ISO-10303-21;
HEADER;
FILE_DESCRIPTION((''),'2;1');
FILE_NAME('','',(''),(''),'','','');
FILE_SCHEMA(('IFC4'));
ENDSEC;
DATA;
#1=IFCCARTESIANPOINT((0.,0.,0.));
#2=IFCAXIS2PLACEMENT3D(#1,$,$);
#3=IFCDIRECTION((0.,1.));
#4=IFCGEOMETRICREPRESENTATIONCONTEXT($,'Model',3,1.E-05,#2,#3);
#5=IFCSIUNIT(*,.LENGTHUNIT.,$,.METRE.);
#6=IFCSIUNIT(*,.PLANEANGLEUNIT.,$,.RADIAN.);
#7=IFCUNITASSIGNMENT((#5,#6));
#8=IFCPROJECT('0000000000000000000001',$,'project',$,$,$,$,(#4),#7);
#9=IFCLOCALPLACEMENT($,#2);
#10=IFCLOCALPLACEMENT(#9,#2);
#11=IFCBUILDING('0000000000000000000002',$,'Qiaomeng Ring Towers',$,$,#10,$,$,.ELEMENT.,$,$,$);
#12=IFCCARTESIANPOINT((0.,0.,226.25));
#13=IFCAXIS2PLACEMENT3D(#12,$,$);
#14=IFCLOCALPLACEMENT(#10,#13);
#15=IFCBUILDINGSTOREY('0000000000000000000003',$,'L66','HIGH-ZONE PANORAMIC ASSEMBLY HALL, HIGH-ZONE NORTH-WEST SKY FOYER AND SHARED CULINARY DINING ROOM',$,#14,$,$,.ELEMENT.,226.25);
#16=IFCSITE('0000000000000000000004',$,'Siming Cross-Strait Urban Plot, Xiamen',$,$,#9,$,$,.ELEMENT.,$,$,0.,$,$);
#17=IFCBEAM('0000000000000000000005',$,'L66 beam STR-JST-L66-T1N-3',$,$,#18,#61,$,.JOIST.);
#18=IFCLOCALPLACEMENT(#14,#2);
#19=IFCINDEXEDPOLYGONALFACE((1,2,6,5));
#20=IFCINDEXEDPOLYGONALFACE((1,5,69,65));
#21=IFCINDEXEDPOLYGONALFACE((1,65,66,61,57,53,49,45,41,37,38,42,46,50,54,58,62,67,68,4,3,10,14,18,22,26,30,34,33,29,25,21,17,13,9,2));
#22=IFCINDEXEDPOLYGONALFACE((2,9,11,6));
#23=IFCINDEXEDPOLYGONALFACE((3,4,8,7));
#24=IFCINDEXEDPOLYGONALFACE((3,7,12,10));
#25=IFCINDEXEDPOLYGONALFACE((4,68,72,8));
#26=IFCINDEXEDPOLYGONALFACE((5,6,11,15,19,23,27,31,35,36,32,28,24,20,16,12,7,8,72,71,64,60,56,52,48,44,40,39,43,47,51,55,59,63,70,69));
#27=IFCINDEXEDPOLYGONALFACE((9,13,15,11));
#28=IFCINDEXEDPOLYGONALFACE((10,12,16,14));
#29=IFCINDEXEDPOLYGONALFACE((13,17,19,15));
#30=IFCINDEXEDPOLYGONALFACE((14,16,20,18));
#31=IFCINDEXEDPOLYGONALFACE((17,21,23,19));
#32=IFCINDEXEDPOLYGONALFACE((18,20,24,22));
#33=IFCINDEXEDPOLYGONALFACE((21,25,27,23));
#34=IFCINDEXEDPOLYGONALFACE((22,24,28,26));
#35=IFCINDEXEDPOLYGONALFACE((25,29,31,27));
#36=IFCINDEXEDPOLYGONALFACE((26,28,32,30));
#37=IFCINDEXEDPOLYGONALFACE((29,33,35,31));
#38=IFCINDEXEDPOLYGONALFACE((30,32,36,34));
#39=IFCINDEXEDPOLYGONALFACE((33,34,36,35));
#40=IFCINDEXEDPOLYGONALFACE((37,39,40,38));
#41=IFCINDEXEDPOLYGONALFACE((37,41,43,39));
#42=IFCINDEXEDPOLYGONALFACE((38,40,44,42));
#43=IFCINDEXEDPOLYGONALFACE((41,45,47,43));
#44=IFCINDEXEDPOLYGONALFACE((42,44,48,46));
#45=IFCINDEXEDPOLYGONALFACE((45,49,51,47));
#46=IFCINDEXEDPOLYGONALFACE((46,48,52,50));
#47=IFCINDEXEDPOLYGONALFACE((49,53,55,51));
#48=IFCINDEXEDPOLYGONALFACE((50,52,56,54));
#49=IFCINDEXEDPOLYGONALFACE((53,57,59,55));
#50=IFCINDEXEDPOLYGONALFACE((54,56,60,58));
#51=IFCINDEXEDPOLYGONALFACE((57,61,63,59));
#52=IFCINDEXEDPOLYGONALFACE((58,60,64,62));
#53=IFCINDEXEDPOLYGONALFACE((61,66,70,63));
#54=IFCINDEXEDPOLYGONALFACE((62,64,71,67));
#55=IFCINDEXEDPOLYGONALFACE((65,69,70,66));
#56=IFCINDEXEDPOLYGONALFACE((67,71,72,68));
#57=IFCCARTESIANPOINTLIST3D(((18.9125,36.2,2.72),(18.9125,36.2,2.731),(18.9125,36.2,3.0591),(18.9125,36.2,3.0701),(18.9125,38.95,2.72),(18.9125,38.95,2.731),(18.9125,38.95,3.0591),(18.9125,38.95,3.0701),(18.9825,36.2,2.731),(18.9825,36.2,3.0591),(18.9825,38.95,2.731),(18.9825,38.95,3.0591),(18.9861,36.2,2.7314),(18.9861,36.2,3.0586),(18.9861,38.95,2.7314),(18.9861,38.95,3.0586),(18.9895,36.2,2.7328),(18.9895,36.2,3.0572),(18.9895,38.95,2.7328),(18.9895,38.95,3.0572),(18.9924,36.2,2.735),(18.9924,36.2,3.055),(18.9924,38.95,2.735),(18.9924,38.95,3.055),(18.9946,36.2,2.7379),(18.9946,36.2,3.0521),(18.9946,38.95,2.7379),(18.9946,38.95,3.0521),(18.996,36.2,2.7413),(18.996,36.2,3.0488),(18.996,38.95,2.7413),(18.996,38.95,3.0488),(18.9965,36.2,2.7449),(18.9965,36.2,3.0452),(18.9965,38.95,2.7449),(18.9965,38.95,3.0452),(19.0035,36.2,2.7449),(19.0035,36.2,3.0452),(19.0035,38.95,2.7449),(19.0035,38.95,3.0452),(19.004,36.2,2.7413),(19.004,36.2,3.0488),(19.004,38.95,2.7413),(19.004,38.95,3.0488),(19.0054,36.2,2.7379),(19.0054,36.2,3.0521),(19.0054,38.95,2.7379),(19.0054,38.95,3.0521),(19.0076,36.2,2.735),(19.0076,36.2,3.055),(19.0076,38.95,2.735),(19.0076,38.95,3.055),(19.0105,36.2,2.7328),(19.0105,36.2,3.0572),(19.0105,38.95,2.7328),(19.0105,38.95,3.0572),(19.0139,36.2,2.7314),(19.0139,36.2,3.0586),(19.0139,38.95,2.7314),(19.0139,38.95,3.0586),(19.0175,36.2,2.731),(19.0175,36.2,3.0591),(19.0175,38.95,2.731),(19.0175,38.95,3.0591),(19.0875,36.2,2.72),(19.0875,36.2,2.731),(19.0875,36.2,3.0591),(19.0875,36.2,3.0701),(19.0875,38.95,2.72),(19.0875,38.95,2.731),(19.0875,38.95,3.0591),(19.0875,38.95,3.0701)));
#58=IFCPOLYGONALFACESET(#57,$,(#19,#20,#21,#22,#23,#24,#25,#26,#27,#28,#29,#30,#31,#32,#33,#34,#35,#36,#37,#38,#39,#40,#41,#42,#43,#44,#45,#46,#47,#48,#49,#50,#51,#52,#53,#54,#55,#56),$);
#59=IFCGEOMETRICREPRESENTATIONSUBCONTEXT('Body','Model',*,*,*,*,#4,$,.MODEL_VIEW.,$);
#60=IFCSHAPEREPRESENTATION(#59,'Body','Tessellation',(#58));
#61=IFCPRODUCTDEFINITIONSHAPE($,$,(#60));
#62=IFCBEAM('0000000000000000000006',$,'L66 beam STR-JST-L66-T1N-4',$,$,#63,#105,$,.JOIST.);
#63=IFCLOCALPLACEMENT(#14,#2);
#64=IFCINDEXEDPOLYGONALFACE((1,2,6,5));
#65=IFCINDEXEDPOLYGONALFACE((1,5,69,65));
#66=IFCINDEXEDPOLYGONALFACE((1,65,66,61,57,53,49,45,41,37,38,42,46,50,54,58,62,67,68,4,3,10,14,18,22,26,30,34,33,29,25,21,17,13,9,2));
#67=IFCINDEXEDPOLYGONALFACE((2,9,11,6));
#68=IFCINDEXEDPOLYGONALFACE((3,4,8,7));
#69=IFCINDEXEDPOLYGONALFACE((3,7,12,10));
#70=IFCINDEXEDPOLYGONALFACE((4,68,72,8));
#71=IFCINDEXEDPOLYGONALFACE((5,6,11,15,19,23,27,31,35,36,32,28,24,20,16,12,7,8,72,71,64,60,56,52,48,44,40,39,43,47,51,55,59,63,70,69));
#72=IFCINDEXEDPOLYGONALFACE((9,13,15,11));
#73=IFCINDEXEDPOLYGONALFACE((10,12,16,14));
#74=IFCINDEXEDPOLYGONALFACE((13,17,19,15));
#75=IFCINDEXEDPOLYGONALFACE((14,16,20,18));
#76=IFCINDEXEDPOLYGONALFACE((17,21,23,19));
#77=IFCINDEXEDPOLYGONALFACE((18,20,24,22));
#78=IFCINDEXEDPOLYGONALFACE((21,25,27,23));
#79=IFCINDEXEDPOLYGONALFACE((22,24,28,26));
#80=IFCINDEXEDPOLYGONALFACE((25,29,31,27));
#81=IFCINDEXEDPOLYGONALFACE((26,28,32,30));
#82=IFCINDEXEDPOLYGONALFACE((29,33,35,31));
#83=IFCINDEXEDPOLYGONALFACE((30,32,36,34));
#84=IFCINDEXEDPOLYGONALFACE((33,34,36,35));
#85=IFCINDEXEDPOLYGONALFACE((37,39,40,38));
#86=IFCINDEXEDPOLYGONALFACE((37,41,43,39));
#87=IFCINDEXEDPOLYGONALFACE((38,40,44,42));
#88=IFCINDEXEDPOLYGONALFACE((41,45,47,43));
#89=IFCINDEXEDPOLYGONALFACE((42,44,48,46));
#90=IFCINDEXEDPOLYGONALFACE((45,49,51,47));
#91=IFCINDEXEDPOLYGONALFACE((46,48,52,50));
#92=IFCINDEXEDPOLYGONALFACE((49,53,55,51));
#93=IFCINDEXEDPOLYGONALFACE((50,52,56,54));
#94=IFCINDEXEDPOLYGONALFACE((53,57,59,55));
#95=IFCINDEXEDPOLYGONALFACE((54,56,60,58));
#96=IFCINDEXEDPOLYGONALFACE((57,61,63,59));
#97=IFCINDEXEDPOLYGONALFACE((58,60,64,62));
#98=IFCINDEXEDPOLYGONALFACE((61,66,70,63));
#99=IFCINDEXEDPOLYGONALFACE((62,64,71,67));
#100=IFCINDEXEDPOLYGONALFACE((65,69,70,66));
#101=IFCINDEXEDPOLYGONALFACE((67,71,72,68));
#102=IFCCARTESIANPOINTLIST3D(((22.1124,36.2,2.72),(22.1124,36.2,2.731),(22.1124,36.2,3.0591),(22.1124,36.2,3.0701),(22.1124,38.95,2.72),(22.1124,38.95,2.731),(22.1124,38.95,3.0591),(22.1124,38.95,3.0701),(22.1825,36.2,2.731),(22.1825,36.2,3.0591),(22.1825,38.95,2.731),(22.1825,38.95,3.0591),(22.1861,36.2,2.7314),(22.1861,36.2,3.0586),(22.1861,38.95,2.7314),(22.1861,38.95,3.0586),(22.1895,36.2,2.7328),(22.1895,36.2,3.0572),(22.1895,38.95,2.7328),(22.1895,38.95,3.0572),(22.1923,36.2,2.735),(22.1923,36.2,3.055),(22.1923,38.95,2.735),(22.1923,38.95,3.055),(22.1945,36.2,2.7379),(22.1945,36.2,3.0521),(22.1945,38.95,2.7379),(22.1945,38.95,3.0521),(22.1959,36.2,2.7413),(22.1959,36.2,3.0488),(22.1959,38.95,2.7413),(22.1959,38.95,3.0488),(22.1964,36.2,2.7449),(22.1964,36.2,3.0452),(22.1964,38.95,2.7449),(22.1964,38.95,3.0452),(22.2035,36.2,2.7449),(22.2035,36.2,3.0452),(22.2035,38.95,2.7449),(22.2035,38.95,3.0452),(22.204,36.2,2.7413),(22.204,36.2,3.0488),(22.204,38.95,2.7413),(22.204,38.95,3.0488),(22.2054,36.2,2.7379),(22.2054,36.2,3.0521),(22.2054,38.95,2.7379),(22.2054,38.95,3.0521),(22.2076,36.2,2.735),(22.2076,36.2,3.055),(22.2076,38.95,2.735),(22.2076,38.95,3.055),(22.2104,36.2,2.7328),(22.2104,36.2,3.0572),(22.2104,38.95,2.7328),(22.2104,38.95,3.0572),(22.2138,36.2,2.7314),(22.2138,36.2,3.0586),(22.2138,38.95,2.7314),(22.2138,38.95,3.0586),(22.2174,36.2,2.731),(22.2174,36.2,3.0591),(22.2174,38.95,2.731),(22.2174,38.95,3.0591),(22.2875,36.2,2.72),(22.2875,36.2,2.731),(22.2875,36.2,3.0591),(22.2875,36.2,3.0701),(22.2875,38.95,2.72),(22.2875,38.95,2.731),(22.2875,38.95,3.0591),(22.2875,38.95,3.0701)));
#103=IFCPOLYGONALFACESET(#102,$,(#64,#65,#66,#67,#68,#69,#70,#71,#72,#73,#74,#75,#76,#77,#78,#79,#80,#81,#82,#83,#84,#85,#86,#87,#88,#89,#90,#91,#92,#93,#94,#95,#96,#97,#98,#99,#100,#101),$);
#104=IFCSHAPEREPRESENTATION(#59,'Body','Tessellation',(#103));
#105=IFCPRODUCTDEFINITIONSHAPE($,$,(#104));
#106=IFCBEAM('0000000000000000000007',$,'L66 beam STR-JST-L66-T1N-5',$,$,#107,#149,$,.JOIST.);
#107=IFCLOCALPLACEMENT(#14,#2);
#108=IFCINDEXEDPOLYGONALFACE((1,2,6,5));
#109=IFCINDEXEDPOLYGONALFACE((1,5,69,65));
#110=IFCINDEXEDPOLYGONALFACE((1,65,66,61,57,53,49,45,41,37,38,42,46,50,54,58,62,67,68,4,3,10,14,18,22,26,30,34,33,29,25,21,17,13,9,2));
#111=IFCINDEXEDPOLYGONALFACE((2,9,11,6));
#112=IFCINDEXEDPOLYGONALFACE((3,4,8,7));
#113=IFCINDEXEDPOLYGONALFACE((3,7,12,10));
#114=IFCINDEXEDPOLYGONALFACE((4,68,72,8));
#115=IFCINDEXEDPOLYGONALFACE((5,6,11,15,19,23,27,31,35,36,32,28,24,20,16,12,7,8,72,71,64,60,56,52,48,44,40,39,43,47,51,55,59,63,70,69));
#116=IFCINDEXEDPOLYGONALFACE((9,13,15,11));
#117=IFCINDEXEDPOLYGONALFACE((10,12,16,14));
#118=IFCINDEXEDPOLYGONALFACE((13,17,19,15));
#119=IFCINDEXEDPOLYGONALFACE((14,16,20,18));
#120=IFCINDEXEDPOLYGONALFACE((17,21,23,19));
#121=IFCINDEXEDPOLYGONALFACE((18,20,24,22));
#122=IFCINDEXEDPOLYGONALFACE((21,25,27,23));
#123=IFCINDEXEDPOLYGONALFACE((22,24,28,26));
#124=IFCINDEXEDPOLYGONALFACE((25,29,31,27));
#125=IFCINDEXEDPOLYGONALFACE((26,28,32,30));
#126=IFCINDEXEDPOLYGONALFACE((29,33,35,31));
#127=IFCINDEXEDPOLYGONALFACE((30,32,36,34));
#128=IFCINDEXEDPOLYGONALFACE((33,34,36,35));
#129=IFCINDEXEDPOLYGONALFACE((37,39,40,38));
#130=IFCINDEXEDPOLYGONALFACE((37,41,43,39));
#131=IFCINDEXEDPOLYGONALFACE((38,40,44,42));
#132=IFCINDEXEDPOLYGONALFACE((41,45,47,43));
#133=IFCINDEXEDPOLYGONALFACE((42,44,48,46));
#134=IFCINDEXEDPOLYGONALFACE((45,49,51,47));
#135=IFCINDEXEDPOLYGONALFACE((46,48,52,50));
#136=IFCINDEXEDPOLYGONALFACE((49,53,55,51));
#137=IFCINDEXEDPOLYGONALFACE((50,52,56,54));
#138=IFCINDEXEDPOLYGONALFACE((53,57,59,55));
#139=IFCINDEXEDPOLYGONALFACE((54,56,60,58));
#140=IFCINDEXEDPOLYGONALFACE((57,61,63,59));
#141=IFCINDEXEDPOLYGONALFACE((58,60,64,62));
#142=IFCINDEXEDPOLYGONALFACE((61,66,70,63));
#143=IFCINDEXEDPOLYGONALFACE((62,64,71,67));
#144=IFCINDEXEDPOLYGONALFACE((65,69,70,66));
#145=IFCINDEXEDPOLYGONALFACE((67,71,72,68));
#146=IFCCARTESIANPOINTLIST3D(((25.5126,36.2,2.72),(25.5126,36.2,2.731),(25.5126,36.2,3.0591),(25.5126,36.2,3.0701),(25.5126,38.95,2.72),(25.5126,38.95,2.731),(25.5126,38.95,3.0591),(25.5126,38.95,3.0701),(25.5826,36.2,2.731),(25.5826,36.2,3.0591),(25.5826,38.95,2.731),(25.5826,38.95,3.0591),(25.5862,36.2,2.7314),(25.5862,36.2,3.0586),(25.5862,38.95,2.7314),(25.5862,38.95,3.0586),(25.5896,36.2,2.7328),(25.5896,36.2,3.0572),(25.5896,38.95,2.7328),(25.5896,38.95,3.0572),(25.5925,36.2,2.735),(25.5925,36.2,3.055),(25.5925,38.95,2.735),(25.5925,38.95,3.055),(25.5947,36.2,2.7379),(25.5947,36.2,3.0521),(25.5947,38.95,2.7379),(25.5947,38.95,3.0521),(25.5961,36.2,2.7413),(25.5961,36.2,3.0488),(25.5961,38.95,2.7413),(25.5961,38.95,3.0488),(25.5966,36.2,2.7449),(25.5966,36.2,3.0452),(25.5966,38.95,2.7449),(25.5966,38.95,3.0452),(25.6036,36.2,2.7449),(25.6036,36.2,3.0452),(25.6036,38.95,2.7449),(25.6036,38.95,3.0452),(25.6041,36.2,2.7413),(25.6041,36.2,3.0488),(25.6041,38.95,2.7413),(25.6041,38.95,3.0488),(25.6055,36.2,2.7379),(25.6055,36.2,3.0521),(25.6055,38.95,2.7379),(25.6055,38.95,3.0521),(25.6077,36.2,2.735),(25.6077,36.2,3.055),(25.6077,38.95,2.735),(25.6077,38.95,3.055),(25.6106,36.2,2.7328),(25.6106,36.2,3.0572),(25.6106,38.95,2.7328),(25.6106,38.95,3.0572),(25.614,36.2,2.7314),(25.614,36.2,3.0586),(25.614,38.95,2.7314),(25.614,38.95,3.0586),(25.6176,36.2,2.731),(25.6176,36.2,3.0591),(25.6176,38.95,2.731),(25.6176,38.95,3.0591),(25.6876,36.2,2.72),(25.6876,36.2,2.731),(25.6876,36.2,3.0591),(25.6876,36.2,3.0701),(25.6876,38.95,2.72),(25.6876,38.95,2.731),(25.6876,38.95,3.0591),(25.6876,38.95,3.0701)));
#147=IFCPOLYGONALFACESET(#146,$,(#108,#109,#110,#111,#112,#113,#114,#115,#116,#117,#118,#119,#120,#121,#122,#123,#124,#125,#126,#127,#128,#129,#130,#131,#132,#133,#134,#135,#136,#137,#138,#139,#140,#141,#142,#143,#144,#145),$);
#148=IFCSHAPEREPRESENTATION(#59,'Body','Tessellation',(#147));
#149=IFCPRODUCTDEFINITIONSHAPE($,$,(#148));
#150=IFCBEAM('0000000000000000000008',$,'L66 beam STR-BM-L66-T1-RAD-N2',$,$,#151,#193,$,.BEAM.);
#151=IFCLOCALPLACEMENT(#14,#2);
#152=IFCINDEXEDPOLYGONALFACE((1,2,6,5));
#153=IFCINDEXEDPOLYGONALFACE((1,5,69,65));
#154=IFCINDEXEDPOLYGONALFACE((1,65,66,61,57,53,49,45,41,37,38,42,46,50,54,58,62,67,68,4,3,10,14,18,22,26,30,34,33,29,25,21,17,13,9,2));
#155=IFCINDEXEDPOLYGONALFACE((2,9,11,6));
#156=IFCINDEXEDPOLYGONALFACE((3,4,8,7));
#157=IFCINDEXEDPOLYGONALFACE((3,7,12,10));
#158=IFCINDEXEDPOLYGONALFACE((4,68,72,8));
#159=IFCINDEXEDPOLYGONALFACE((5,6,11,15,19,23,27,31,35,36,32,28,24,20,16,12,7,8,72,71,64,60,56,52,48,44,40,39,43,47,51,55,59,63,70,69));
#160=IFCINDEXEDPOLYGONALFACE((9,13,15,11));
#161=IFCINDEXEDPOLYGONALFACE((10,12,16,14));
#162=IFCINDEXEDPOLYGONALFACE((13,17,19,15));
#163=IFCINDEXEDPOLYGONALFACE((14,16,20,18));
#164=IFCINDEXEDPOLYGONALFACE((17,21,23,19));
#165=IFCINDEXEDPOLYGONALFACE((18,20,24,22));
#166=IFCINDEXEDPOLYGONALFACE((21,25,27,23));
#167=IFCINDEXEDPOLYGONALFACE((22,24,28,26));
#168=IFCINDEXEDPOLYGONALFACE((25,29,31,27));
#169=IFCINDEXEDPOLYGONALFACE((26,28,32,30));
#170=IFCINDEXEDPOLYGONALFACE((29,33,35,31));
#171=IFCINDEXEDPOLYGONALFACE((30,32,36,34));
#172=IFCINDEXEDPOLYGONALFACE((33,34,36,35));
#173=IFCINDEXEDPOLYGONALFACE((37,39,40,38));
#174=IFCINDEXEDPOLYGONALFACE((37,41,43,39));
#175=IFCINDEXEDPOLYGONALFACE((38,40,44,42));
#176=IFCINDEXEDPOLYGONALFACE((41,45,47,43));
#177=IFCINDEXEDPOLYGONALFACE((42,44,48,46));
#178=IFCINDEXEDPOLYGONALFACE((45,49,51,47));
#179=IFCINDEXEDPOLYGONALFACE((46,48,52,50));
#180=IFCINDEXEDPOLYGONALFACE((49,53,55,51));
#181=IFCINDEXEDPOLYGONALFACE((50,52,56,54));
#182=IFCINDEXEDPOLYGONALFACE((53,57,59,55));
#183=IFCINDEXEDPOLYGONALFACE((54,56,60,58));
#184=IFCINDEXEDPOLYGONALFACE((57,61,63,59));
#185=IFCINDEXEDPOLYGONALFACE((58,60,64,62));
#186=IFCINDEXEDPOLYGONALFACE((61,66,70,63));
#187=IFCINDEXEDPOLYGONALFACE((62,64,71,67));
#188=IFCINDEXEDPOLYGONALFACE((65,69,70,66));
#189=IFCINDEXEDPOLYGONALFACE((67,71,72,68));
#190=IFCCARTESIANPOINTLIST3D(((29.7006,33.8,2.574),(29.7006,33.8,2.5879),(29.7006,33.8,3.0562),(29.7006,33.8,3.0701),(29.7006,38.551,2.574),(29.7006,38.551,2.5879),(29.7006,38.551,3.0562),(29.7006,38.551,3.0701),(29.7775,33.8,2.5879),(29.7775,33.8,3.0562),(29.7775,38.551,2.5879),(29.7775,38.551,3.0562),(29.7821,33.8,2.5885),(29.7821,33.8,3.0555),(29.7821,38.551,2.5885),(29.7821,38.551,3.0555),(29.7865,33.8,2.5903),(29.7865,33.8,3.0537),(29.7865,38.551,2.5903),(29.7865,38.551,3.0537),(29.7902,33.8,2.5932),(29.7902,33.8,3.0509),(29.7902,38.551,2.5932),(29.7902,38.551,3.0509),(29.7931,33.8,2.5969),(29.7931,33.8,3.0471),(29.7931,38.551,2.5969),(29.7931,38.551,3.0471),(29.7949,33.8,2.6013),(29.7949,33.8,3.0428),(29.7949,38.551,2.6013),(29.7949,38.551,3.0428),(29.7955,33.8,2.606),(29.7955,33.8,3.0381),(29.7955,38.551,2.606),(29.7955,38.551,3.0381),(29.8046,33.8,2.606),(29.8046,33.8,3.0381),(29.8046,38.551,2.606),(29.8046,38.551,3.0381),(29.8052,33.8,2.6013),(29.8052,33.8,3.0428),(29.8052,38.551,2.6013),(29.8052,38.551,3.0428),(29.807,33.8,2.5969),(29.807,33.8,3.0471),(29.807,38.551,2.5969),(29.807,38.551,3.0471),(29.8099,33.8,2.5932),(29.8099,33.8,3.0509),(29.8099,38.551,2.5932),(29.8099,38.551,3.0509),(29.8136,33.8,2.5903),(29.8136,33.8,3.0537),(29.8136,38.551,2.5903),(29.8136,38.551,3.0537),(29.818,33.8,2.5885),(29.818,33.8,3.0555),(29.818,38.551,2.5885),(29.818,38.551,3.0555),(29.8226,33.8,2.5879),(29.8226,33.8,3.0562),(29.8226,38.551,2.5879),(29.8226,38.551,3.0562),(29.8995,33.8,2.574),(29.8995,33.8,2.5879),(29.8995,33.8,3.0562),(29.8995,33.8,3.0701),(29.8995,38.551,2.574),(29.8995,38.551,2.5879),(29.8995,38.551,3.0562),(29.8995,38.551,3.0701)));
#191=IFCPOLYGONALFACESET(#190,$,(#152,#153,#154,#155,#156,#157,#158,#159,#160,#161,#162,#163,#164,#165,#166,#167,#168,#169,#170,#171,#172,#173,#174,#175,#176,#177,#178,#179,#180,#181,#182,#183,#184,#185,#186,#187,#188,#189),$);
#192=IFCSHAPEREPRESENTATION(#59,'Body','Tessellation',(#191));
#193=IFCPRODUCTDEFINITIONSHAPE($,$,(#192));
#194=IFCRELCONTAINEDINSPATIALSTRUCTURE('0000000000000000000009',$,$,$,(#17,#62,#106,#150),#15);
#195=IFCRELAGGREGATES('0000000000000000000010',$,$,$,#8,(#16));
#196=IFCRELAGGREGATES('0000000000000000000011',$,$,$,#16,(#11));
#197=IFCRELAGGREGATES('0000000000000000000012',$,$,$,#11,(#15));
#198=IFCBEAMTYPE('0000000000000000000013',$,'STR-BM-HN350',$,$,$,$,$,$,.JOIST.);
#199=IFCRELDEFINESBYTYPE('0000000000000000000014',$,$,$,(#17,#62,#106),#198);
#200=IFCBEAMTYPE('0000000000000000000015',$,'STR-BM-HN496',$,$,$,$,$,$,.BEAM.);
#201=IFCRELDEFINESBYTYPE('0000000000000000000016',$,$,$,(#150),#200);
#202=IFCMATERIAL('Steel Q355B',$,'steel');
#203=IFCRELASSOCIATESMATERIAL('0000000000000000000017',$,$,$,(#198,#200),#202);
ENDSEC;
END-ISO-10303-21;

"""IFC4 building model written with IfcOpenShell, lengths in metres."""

from ifc_helpers import new_model, si_unit, direction, frame, origin, origin_2d, place, context, subcontext, project, spatial, i_section, extrude, source, transform, mapped, material, material_profile, profile_set, type_object, element, save


model = new_model("IFC4")

# Units and contexts
model_context = context("Model", 3, precision=1e-05, world=origin(), true_north=direction((0.0, 1.0)))
body_context = subcontext(model_context, "Body", "Model", "MODEL_VIEW")
ifc_project = project(units=[si_unit("LENGTHUNIT", "METRE"), si_unit("PLANEANGLEUNIT", "RADIAN")], contexts=[model_context])

# Site, building, storey
site_placement = place(None, origin())
site = spatial("IfcSite", under=ifc_project, at=site_placement, Name="Siming Cross-Strait Urban Plot, Xiamen", CompositionType="ELEMENT", RefElevation=0.0)
building_placement = place(site_placement, origin())
building = spatial("IfcBuilding", under=site, at=building_placement, Name="Qiaomeng Ring Towers", CompositionType="ELEMENT")
storey_placement = place(building_placement, frame((0.0, 0.0, 226.25)))
storey = spatial("IfcBuildingStorey", under=building, at=storey_placement, Name="L66", Description="HIGH-ZONE PANORAMIC ASSEMBLY HALL, HIGH-ZONE NORTH-WEST SKY FOYER AND SHARED CULINARY DINING ROOM", CompositionType="ELEMENT", Elevation=226.25)

# Beams
ifc_material_1 = material(Name="Steel Q355B", Category="steel")
ifc_material_profile_1 = material_profile(ifc_material_1, i_section(OverallWidth=0.175, OverallDepth=0.3501, WebThickness=0.0071, FlangeThickness=0.011, FilletRadius=0.0139, at=origin_2d()), Name="HN 350x175x7x11")
ifc_profile_set_1 = profile_set([ifc_material_profile_1], Name="Steel Q355B")
beam_type_1 = type_object("IfcBeamType", Name="STR-BM-HN350", PredefinedType="JOIST", material=ifc_profile_set_1)
shared_shape_1 = source(origin(), body_context, "Body", "SweptSolid", [
    extrude(i_section(OverallWidth=0.175, OverallDepth=0.3501, WebThickness=0.0071, FlangeThickness=0.011, FilletRadius=0.0139, at=origin_2d()), origin(), (0.0, 0.0, 1.0), 2.75),
])
for number, where, z_axis, x_axis, name in (
    (1, (19.0, 36.2, 2.895), (0.0, 1.0, 0.0), (-1.0, 0.0, 0.0), "L66 beam STR-JST-L66-T1N-3"),
    (2, (22.2, 36.2, 2.895), (0.0, 1.0, 0.0), (-1.0, 0.0, 0.0), "L66 beam STR-JST-L66-T1N-4"),
    (3, (25.6001, 36.2, 2.895), (0.0, 1.0, 0.0), (-1.0, 0.0, 0.0), "L66 beam STR-JST-L66-T1N-5"),
):
    element("IfcBeam", number, at=place(storey_placement, frame(where, z_axis=z_axis, x_axis=x_axis)), inside=storey, type_object=beam_type_1, Name=name, PredefinedType="JOIST", context=body_context, shape_type="MappedRepresentation", body=[
        mapped(shared_shape_1, transform((0.0, 0.0, 0.0), x_axis=(1.0, 0.0, 0.0), y_axis=(0.0, 1.0, 0.0), z_axis=(0.0, 0.0, 1.0), scale=1.0)),
    ])
ifc_material_profile_2 = material_profile(ifc_material_1, i_section(OverallWidth=0.199, OverallDepth=0.4961, WebThickness=0.009, FlangeThickness=0.0139, FilletRadius=0.0181, at=origin_2d()), Name="HN 496x199x9x14")
ifc_profile_set_2 = profile_set([ifc_material_profile_2], Name="Steel Q355B")
beam_type_2 = type_object("IfcBeamType", Name="STR-BM-HN496", PredefinedType="BEAM", material=ifc_profile_set_2)
shared_shape_2 = source(origin(), body_context, "Body", "SweptSolid", [
    extrude(i_section(OverallWidth=0.199, OverallDepth=0.4961, WebThickness=0.009, FlangeThickness=0.0139, FilletRadius=0.0181, at=origin_2d()), origin(), (0.0, 0.0, 1.0), 4.751),
])
beam_1_placement = place(storey_placement, frame((29.8, 38.551, 2.822), z_axis=(0.0, -1.0, 0.0), x_axis=(1.0, 0.0, 0.0)))
element("IfcBeam", 4, at=beam_1_placement, inside=storey, type_object=beam_type_2, Name="L66 beam STR-BM-L66-T1-RAD-N2", PredefinedType="BEAM", context=body_context, shape_type="MappedRepresentation", body=[
    mapped(shared_shape_2, transform((0.0, 0.0, 0.0), x_axis=(1.0, 0.0, 0.0), y_axis=(0.0, 1.0, 0.0), z_axis=(0.0, 0.0, 1.0), scale=1.0)),
])

save(model, "model.ifc")
